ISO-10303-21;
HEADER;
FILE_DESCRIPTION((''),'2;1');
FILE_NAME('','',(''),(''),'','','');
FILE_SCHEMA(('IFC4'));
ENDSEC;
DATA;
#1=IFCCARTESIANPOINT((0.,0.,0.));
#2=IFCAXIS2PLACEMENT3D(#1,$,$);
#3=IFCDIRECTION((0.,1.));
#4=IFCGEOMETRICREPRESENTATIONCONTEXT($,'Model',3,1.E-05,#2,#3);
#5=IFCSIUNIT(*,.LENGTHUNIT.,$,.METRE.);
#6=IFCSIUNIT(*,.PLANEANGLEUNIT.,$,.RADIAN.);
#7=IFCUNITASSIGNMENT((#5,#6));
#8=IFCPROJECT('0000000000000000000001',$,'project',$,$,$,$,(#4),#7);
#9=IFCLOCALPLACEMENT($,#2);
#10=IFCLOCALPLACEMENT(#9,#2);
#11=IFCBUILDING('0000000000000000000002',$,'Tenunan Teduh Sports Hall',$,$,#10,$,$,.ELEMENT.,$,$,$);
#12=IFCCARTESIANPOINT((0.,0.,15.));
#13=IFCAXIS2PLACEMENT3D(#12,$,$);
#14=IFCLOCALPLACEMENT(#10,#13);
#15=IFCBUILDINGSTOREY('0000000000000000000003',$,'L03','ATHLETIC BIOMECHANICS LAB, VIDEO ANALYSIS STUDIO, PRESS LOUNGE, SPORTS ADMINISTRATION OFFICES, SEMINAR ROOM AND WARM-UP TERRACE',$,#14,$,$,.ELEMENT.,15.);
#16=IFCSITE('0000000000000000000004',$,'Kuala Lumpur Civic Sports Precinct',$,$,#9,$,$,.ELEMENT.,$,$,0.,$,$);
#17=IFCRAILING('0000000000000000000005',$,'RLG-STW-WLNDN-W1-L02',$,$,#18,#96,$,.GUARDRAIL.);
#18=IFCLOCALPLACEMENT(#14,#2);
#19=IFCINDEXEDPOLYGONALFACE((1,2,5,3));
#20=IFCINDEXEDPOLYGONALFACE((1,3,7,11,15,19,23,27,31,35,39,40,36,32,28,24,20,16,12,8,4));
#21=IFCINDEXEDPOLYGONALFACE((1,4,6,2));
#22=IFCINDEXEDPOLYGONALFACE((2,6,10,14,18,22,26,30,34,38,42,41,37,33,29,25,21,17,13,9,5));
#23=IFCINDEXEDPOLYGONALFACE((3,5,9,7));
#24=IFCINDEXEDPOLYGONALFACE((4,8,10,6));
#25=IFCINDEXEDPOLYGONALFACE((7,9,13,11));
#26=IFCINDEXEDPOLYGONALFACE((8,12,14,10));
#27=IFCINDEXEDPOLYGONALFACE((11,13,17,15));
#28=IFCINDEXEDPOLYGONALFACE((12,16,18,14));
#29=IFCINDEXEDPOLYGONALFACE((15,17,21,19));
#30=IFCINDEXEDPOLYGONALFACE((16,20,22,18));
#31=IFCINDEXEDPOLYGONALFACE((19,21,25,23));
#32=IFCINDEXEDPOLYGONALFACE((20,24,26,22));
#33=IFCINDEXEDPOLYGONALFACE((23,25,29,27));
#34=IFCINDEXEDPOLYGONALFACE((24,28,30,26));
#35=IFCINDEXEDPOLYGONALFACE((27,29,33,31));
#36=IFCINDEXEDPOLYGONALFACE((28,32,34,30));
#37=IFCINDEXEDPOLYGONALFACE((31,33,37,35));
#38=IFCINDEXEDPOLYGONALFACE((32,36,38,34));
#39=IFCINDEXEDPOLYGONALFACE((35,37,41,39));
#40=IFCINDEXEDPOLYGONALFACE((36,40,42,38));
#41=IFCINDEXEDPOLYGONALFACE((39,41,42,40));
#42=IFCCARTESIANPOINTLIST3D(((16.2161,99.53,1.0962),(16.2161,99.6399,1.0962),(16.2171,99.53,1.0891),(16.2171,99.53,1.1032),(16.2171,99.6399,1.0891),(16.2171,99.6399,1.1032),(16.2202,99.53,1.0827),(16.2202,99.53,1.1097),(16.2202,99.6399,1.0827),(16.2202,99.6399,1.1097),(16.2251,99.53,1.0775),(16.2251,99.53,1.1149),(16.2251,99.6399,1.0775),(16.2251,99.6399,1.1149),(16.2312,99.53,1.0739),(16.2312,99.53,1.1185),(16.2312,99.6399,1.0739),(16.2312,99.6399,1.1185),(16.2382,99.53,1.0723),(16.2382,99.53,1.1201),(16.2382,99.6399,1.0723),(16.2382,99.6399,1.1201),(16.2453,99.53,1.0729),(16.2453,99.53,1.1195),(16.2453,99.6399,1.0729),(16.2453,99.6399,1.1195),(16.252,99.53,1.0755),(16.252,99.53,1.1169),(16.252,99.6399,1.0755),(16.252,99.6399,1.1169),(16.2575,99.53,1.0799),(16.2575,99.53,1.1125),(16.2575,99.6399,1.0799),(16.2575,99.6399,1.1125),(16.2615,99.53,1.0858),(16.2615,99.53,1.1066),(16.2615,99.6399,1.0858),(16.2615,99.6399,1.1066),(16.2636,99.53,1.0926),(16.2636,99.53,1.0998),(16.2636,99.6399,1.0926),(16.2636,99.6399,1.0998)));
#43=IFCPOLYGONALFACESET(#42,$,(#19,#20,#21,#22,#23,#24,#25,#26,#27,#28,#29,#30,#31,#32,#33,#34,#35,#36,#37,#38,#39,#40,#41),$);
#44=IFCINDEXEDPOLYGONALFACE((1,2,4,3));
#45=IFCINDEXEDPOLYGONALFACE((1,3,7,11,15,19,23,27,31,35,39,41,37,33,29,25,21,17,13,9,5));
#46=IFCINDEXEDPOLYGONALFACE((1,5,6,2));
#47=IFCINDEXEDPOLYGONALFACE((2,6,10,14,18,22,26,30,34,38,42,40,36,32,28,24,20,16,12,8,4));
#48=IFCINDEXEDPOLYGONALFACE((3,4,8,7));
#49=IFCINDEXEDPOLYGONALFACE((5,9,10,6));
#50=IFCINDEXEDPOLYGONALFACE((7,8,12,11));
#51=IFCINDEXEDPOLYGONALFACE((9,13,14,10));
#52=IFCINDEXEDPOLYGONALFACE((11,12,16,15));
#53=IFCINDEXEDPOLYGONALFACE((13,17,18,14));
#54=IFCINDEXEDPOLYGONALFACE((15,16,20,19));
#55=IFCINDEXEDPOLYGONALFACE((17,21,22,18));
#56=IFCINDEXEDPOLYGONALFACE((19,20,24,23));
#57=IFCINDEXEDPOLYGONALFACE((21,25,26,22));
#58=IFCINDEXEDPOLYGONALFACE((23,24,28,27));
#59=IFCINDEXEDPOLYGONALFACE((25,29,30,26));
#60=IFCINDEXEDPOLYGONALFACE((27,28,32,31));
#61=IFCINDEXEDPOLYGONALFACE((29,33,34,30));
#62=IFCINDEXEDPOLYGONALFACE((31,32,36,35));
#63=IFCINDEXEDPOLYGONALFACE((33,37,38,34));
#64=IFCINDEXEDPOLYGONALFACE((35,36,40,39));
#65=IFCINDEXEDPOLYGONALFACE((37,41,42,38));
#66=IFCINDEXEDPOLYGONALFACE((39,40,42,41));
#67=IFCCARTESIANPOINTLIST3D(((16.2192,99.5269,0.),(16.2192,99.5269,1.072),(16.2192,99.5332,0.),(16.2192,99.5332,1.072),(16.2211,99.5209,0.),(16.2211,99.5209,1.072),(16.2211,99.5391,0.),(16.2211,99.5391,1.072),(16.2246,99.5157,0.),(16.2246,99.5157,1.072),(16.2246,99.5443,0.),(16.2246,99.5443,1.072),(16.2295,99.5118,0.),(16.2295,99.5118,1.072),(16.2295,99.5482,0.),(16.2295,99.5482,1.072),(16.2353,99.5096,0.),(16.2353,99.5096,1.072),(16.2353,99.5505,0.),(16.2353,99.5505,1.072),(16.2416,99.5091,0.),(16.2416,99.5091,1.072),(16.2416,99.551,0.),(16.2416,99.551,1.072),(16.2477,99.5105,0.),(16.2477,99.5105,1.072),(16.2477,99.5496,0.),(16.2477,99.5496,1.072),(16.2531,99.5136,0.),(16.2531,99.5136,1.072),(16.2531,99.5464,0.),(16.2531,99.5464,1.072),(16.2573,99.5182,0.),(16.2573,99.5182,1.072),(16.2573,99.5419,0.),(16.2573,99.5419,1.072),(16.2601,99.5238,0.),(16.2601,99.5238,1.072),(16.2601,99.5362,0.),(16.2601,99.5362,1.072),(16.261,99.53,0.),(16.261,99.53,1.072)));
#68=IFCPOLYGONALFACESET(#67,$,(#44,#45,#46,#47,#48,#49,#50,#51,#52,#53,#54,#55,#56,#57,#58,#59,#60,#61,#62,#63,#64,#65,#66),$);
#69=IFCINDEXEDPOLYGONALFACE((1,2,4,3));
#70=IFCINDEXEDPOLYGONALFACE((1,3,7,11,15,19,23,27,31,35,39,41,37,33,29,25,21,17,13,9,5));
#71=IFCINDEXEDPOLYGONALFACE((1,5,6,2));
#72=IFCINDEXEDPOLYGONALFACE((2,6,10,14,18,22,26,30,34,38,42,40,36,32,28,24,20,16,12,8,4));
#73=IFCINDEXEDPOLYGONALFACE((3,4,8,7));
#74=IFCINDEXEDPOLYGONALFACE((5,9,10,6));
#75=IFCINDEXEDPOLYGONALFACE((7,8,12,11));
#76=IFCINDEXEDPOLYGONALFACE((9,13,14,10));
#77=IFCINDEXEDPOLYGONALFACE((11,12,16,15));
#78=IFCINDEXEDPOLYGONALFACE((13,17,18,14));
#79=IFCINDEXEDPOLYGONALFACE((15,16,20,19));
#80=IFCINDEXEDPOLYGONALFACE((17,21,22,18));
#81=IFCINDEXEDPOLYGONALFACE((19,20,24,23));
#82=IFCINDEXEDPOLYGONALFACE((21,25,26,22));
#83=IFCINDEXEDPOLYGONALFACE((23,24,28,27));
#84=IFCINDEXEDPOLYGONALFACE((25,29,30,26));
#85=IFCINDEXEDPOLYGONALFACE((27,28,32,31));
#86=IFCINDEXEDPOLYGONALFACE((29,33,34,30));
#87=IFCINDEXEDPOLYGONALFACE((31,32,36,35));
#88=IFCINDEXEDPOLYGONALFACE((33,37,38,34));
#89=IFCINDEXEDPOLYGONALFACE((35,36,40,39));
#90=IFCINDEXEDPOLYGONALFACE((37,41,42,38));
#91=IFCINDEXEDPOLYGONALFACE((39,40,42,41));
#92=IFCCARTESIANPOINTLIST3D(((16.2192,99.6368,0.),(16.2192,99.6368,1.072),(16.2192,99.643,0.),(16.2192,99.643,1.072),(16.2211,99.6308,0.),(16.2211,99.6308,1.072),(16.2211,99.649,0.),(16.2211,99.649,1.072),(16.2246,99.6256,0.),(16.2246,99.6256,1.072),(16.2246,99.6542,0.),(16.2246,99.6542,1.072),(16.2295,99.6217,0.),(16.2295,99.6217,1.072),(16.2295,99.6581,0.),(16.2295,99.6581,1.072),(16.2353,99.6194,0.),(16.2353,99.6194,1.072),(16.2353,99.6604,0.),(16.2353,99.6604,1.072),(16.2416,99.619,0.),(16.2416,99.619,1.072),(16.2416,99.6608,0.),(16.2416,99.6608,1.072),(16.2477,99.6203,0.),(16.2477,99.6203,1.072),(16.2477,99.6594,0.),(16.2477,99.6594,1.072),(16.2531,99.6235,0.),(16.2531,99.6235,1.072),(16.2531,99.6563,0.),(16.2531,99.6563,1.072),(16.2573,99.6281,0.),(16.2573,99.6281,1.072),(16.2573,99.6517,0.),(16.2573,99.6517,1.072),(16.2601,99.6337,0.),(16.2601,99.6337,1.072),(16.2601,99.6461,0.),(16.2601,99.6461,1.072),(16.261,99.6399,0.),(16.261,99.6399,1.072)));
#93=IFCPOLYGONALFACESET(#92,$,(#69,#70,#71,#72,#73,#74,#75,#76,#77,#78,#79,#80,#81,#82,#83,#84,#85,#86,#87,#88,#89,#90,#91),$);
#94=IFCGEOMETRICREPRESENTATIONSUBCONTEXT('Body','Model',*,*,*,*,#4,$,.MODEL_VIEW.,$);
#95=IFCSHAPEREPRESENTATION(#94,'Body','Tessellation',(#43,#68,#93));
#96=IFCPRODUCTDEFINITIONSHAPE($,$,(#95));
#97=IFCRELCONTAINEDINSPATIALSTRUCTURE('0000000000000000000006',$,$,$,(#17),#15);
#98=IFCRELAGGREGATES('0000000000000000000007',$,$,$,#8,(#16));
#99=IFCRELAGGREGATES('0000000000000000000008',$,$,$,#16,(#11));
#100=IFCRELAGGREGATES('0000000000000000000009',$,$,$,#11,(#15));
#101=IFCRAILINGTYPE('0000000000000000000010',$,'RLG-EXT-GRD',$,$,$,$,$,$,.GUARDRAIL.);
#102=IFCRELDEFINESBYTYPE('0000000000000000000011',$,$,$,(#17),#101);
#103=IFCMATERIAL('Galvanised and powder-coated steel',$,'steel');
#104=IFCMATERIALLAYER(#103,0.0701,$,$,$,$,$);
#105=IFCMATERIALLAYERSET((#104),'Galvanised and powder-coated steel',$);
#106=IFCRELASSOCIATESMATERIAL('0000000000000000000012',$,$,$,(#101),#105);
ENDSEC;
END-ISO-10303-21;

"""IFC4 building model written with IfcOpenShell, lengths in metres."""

from ifc_helpers import new_model, si_unit, direction, frame, origin, origin_2d, place, context, subcontext, project, spatial, circle, extrude, material, layer, layer_set, type_object, element, save


model = new_model("IFC4")

# Units and contexts
model_context = context("Model", 3, precision=1e-05, world=origin(), true_north=direction((0.0, 1.0)))
body_context = subcontext(model_context, "Body", "Model", "MODEL_VIEW")
ifc_project = project(units=[si_unit("LENGTHUNIT", "METRE"), si_unit("PLANEANGLEUNIT", "RADIAN")], contexts=[model_context])

# Site, building, storey
site_placement = place(None, origin())
site = spatial("IfcSite", under=ifc_project, at=site_placement, Name="Kuala Lumpur Civic Sports Precinct", CompositionType="ELEMENT", RefElevation=0.0)
building_placement = place(site_placement, origin())
building = spatial("IfcBuilding", under=site, at=building_placement, Name="Tenunan Teduh Sports Hall", CompositionType="ELEMENT")
storey_placement = place(building_placement, frame((0.0, 0.0, 15.0)))
storey = spatial("IfcBuildingStorey", under=building, at=storey_placement, Name="L03", Description="ATHLETIC BIOMECHANICS LAB, VIDEO ANALYSIS STUDIO, PRESS LOUNGE, SPORTS ADMINISTRATION OFFICES, SEMINAR ROOM AND WARM-UP TERRACE", CompositionType="ELEMENT", Elevation=15.0)

# Railing
ifc_material_1 = material(Name="Galvanised and powder-coated steel", Category="steel")
ifc_layer_1 = layer(ifc_material_1, 0.0701)
ifc_layer_set_1 = layer_set([ifc_layer_1], Name="Galvanised and powder-coated steel")
railing_type = type_object("IfcRailingType", Name="RLG-EXT-GRD", PredefinedType="GUARDRAIL", material=ifc_layer_set_1)
railing_placement = place(storey_placement, frame((16.24, 99.53, 0.0)))
element("IfcRailing", 1, at=railing_placement, inside=storey, type_object=railing_type, Name="RLG-STW-WLNDN-W1-L02", PredefinedType="GUARDRAIL", context=body_context, shape_type="SweptSolid", body=[
    extrude(circle(Radius=0.0239, at=origin_2d()), frame((0.0, 0.0, 1.0962), z_axis=(0.0, 1.0, 0.0), x_axis=(-1.0, 0.0, 0.0)), (0.0, 0.0, 1.0), 0.1099),
    extrude(circle(Radius=0.021, at=origin_2d()), origin(), (0.0, 0.0, 1.0), 1.072),
    extrude(circle(Radius=0.021, at=origin_2d()), frame((0.0, 0.1099, 0.0)), (0.0, 0.0, 1.0), 1.072),
])

save(model, "model.ifc")
